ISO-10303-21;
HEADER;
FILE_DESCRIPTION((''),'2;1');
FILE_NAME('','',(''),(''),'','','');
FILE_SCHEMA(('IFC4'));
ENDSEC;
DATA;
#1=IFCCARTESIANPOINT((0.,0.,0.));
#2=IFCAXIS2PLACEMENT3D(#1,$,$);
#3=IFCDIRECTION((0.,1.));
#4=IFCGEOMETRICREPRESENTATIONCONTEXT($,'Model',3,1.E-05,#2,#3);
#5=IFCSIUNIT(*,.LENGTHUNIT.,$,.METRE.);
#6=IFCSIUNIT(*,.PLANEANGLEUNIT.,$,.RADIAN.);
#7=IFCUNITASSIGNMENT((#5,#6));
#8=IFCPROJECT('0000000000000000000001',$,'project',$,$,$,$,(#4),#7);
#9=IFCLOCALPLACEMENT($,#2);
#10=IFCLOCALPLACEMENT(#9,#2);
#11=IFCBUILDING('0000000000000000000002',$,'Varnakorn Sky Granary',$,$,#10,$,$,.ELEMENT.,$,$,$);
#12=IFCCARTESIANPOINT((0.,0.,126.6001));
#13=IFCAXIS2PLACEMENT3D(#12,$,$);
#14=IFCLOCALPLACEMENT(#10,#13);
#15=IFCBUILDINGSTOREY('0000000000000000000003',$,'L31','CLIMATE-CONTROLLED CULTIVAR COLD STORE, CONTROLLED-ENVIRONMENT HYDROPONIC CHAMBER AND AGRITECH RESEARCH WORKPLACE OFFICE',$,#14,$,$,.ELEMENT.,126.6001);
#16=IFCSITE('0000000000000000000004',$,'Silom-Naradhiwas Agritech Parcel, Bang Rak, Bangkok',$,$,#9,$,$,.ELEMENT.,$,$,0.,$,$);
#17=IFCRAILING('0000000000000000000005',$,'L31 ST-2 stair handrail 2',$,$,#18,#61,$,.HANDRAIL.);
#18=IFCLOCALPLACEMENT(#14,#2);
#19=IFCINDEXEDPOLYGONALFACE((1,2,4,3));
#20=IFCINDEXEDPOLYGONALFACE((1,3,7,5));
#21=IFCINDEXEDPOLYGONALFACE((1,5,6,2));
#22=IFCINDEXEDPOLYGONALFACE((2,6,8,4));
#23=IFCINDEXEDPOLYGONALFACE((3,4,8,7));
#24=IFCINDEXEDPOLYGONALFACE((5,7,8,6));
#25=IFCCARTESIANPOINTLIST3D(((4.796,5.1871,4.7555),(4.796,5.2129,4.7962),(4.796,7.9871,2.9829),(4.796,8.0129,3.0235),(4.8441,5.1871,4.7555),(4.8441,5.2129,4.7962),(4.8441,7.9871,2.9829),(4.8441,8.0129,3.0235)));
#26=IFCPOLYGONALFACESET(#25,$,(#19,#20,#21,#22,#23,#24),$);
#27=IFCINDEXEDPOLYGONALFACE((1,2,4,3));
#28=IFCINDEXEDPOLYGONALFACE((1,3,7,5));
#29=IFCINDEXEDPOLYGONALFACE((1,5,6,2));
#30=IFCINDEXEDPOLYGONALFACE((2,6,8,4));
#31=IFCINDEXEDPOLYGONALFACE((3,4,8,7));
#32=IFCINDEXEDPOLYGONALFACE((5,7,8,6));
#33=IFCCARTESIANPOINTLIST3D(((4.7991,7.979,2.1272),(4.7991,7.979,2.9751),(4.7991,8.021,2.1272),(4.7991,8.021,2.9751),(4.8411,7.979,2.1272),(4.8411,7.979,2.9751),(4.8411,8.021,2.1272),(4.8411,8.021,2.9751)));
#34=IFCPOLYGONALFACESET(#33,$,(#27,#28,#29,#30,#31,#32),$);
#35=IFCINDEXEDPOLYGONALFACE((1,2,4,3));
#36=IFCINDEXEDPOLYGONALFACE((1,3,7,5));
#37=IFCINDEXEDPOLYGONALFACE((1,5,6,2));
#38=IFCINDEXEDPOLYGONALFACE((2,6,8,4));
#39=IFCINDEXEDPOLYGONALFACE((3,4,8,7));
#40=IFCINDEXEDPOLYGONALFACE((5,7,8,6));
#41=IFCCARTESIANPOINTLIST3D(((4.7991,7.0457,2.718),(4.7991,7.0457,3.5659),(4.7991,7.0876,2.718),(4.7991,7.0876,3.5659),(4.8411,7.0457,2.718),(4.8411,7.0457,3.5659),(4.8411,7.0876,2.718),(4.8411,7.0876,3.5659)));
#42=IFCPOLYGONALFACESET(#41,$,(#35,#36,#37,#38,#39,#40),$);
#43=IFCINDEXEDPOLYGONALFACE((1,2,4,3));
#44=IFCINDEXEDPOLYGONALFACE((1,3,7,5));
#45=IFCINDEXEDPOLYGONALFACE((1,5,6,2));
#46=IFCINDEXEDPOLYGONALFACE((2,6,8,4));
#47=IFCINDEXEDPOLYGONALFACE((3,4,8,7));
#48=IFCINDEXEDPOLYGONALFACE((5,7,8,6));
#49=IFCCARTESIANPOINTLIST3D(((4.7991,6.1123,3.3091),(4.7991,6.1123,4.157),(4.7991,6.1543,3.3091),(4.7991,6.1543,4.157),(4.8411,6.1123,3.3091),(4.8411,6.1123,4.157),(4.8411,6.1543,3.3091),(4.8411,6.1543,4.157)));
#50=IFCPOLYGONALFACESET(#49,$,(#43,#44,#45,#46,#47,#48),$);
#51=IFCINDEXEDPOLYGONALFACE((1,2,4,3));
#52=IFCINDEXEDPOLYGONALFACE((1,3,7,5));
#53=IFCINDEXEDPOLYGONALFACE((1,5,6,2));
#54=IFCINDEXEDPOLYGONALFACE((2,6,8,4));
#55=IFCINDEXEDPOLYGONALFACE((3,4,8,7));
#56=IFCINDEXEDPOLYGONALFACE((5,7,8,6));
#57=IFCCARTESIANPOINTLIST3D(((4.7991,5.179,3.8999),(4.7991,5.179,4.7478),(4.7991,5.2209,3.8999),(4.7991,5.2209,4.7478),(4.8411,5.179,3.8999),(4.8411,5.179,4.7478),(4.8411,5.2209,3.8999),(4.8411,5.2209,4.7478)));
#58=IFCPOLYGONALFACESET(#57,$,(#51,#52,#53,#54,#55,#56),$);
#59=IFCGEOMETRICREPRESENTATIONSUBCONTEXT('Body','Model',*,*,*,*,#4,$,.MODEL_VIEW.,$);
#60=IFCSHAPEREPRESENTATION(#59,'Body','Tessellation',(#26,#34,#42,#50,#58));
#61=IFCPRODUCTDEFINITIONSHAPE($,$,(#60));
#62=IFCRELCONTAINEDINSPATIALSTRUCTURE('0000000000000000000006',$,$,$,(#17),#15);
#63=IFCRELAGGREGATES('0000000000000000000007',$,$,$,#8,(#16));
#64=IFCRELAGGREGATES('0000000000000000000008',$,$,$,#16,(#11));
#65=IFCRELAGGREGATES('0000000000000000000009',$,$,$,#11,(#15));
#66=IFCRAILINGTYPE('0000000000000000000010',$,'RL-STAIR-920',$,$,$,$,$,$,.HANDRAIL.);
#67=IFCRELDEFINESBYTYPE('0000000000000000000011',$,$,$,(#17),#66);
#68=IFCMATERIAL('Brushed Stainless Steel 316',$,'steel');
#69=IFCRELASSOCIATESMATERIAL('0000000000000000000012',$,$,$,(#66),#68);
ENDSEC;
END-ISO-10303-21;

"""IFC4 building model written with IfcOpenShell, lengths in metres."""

from ifc_helpers import new_model, si_unit, direction, frame, origin, origin_2d, place, context, subcontext, project, spatial, rectangle, extrude, material, type_object, element, save


model = new_model("IFC4")

# Units and contexts
model_context = context("Model", 3, precision=1e-05, world=origin(), true_north=direction((0.0, 1.0)))
body_context = subcontext(model_context, "Body", "Model", "MODEL_VIEW")
ifc_project = project(units=[si_unit("LENGTHUNIT", "METRE"), si_unit("PLANEANGLEUNIT", "RADIAN")], contexts=[model_context])

# Site, building, storey
site_placement = place(None, origin())
site = spatial("IfcSite", under=ifc_project, at=site_placement, Name="Silom-Naradhiwas Agritech Parcel, Bang Rak, Bangkok", CompositionType="ELEMENT", RefElevation=0.0)
building_placement = place(site_placement, origin())
building = spatial("IfcBuilding", under=site, at=building_placement, Name="Varnakorn Sky Granary", CompositionType="ELEMENT")
storey_placement = place(building_placement, frame((0.0, 0.0, 126.6001)))
storey = spatial("IfcBuildingStorey", under=building, at=storey_placement, Name="L31", Description="CLIMATE-CONTROLLED CULTIVAR COLD STORE, CONTROLLED-ENVIRONMENT HYDROPONIC CHAMBER AND AGRITECH RESEARCH WORKPLACE OFFICE", CompositionType="ELEMENT", Elevation=126.6001)

# Railing
ifc_material_1 = material(Name="Brushed Stainless Steel 316", Category="steel")
railing_type_1 = type_object("IfcRailingType", Name="RL-STAIR-920", PredefinedType="HANDRAIL", material=ifc_material_1)
railing_1_placement = place(storey_placement, frame((4.8201, 8.0, 2.1272)))
element("IfcRailing", 1, at=railing_1_placement, inside=storey, type_object=railing_type_1, Name="L31 ST-2 stair handrail 2", PredefinedType="HANDRAIL", context=body_context, shape_type="SweptSolid", body=[
    extrude(rectangle(XDim=0.0481, YDim=0.0481, at=origin_2d()), frame((0.0, 0.0, 0.876), z_axis=(0.0, -0.844909, 0.53491), x_axis=(1.0, 0.0, 0.0)), (0.0, 0.0, 1.0), 3.314),
    extrude(rectangle(XDim=0.042, YDim=0.042, at=origin_2d()), origin(), (0.0, 0.0, 1.0), 0.8479),
    extrude(rectangle(XDim=0.042, YDim=0.042, at=origin_2d()), frame((0.0, -0.9333, 0.5908)), (0.0, 0.0, 1.0), 0.8479),
    extrude(rectangle(XDim=0.042, YDim=0.042, at=origin_2d()), frame((0.0, -1.8667, 1.1819)), (0.0, 0.0, 1.0), 0.8479),
    extrude(rectangle(XDim=0.042, YDim=0.042, at=origin_2d()), frame((0.0, -2.8, 1.7727)), (0.0, 0.0, 1.0), 0.8479),
])

save(model, "model.ifc")
